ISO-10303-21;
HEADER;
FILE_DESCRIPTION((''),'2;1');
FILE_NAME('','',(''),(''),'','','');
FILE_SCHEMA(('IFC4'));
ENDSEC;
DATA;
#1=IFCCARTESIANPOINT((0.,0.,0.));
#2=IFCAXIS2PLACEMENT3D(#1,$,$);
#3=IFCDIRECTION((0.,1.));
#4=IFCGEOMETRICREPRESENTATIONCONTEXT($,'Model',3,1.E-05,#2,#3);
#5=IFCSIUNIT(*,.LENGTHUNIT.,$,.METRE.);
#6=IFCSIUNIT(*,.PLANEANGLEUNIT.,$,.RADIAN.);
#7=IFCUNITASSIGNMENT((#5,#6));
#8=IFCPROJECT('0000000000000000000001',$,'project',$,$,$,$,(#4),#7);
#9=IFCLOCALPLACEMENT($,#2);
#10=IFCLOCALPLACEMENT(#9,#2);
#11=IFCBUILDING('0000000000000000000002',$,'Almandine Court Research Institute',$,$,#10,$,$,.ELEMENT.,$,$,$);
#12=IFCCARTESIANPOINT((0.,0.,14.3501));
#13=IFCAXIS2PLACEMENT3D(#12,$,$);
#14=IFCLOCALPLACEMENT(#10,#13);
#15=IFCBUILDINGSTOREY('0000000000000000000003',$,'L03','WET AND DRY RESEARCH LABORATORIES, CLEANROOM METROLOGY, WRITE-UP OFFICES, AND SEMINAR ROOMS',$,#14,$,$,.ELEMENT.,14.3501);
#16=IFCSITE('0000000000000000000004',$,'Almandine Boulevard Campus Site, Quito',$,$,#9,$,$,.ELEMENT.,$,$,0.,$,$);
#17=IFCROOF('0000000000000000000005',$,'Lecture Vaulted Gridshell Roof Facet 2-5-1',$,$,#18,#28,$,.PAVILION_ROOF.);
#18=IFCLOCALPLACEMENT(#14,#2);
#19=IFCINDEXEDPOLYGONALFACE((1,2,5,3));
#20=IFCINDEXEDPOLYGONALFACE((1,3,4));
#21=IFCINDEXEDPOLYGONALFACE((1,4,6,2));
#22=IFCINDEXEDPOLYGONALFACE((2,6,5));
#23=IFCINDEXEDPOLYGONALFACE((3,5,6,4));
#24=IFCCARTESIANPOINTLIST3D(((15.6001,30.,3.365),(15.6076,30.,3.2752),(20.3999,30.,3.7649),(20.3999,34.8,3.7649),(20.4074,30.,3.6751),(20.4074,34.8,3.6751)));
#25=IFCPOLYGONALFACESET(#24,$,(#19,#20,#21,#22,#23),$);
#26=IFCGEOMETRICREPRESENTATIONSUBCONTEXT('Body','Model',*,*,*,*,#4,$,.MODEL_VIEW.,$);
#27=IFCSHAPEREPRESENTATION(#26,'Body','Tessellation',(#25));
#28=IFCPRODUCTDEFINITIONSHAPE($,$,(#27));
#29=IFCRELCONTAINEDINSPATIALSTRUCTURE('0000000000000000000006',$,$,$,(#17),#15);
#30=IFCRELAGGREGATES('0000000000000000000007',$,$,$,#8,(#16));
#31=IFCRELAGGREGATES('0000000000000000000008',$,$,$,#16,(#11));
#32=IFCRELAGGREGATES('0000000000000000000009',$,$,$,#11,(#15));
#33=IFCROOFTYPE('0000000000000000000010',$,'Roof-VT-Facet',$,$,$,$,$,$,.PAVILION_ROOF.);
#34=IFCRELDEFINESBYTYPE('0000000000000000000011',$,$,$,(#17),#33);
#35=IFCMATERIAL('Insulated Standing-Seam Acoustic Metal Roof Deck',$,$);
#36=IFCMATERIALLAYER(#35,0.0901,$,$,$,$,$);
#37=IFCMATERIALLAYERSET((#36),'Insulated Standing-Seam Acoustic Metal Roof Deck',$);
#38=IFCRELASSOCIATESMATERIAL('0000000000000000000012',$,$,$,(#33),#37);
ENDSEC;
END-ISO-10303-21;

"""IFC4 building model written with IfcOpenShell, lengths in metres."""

from ifc_helpers import new_model, si_unit, direction, frame, origin, place, context, subcontext, project, spatial, polyline, outline, extrude, material, layer, layer_set, type_object, element, save


model = new_model("IFC4")

# Units and contexts
model_context = context("Model", 3, precision=1e-05, world=origin(), true_north=direction((0.0, 1.0)))
body_context = subcontext(model_context, "Body", "Model", "MODEL_VIEW")
ifc_project = project(units=[si_unit("LENGTHUNIT", "METRE"), si_unit("PLANEANGLEUNIT", "RADIAN")], contexts=[model_context])

# Site, building, storey
site_placement = place(None, origin())
site = spatial("IfcSite", under=ifc_project, at=site_placement, Name="Almandine Boulevard Campus Site, Quito", CompositionType="ELEMENT", RefElevation=0.0)
building_placement = place(site_placement, origin())
building = spatial("IfcBuilding", under=site, at=building_placement, Name="Almandine Court Research Institute", CompositionType="ELEMENT")
storey_placement = place(building_placement, frame((0.0, 0.0, 14.3501)))
storey = spatial("IfcBuildingStorey", under=building, at=storey_placement, Name="L03", Description="WET AND DRY RESEARCH LABORATORIES, CLEANROOM METROLOGY, WRITE-UP OFFICES, AND SEMINAR ROOMS", CompositionType="ELEMENT", Elevation=14.3501)

# Roof
ifc_material_1 = material(Name="Insulated Standing-Seam Acoustic Metal Roof Deck")
ifc_layer_1 = layer(ifc_material_1, 0.0901)
ifc_layer_set_1 = layer_set([ifc_layer_1], Name="Insulated Standing-Seam Acoustic Metal Roof Deck")
roof_type = type_object("IfcRoofType", Name="Roof-VT-Facet", PredefinedType="PAVILION_ROOF", material=ifc_layer_set_1)
roof_1_placement = place(storey_placement, frame((15.6001, 30.0, 3.365), z_axis=(-0.083029, 0.0, 0.996547), x_axis=(0.996547, 0.0, 0.083029)))
element("IfcRoof", 1, at=roof_1_placement, inside=storey, type_object=roof_type, Name="Lecture Vaulted Gridshell Roof Facet 2-5-1", PredefinedType="PAVILION_ROOF", context=body_context, shape_type="SweptSolid", body=[
    extrude(outline(polyline([(0.0, 0.0), (4.8164, 0.0), (4.8164, 4.8), (0.0, 0.0)])), origin(), (0.0, 0.0, -1.0), 0.0901),
])

save(model, "model.ifc")
